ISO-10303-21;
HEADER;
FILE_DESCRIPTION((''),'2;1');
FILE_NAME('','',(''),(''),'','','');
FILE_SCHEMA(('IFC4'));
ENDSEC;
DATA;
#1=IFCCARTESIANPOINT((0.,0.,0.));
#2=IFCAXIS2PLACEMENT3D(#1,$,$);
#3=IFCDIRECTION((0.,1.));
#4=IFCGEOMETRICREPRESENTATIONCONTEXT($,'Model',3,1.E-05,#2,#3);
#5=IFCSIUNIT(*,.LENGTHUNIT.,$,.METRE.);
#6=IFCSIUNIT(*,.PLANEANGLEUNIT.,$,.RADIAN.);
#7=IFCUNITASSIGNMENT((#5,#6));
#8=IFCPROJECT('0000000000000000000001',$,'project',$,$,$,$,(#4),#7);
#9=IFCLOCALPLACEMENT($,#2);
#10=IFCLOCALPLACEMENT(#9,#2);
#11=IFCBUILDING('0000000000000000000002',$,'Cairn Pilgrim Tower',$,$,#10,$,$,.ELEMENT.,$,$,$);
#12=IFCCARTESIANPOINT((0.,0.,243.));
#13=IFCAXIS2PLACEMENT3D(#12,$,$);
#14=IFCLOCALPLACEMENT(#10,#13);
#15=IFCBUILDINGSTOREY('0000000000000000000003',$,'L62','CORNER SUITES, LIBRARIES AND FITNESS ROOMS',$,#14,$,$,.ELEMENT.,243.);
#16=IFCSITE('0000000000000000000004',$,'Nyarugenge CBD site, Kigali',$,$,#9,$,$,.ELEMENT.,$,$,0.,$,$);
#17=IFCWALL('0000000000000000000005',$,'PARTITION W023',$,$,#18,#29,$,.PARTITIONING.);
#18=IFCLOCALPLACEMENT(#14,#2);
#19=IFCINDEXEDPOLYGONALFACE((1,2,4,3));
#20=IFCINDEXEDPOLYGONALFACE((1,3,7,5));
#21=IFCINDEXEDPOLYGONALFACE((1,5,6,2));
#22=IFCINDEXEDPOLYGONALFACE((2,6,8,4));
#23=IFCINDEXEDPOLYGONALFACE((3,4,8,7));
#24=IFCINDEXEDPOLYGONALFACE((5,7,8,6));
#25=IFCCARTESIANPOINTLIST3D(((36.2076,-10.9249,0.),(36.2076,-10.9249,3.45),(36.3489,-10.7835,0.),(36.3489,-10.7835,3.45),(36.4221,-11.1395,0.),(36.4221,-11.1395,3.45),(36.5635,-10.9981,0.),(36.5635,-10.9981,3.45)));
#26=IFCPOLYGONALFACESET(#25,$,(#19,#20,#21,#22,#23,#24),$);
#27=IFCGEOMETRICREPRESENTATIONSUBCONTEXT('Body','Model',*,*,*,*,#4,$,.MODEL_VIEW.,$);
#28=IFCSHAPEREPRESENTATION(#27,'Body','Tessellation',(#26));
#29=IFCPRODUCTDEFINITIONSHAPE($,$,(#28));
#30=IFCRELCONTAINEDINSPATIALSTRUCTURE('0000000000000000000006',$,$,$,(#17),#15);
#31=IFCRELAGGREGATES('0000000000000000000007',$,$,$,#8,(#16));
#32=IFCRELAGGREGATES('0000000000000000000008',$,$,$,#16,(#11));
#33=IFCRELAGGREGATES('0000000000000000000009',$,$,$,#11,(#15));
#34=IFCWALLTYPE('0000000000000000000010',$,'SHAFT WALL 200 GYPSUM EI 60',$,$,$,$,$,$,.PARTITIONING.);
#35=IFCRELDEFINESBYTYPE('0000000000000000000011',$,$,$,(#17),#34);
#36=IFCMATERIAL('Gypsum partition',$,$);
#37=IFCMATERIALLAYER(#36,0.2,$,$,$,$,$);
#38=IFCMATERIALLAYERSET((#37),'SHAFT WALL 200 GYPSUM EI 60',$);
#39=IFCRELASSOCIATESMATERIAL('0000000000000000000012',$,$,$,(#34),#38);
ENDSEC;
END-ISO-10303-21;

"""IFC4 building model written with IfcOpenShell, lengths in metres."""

from ifc_helpers import new_model, si_unit, direction, frame, frame_2d, origin, place, context, subcontext, project, spatial, rectangle, extrude, material, layer, layer_set, type_object, element, save


model = new_model("IFC4")

# Units and contexts
model_context = context("Model", 3, precision=1e-05, world=origin(), true_north=direction((0.0, 1.0)))
body_context = subcontext(model_context, "Body", "Model", "MODEL_VIEW")
ifc_project = project(units=[si_unit("LENGTHUNIT", "METRE"), si_unit("PLANEANGLEUNIT", "RADIAN")], contexts=[model_context])

# Site, building, storey
site_placement = place(None, origin())
site = spatial("IfcSite", under=ifc_project, at=site_placement, Name="Nyarugenge CBD site, Kigali", CompositionType="ELEMENT", RefElevation=0.0)
building_placement = place(site_placement, origin())
building = spatial("IfcBuilding", under=site, at=building_placement, Name="Cairn Pilgrim Tower", CompositionType="ELEMENT")
storey_placement = place(building_placement, frame((0.0, 0.0, 243.0)))
storey = spatial("IfcBuildingStorey", under=building, at=storey_placement, Name="L62", Description="CORNER SUITES, LIBRARIES AND FITNESS ROOMS", CompositionType="ELEMENT", Elevation=243.0)

# Wall
ifc_material_1 = material(Name="Gypsum partition")
ifc_layer_1 = layer(ifc_material_1, 0.2)
ifc_layer_set_1 = layer_set([ifc_layer_1], Name="SHAFT WALL 200 GYPSUM EI 60")
wall_type_1 = type_object("IfcWallType", Name="SHAFT WALL 200 GYPSUM EI 60", PredefinedType="PARTITIONING", material=ifc_layer_set_1)
wall_1_placement = place(storey_placement, frame((36.4929, -11.0688, 0.0), z_axis=(0.0, 0.0, 1.0), x_axis=(-0.707107, 0.707107, 0.0)))
element("IfcWall", 1, at=wall_1_placement, inside=storey, type_object=wall_type_1, Name="PARTITION W023", PredefinedType="PARTITIONING", context=body_context, shape_type="SweptSolid", body=[
    extrude(rectangle(XDim=0.3035, YDim=0.2, at=frame_2d((0.1519, 0.0))), origin(), (0.0, 0.0, 1.0), 3.45),
])

save(model, "model.ifc")
